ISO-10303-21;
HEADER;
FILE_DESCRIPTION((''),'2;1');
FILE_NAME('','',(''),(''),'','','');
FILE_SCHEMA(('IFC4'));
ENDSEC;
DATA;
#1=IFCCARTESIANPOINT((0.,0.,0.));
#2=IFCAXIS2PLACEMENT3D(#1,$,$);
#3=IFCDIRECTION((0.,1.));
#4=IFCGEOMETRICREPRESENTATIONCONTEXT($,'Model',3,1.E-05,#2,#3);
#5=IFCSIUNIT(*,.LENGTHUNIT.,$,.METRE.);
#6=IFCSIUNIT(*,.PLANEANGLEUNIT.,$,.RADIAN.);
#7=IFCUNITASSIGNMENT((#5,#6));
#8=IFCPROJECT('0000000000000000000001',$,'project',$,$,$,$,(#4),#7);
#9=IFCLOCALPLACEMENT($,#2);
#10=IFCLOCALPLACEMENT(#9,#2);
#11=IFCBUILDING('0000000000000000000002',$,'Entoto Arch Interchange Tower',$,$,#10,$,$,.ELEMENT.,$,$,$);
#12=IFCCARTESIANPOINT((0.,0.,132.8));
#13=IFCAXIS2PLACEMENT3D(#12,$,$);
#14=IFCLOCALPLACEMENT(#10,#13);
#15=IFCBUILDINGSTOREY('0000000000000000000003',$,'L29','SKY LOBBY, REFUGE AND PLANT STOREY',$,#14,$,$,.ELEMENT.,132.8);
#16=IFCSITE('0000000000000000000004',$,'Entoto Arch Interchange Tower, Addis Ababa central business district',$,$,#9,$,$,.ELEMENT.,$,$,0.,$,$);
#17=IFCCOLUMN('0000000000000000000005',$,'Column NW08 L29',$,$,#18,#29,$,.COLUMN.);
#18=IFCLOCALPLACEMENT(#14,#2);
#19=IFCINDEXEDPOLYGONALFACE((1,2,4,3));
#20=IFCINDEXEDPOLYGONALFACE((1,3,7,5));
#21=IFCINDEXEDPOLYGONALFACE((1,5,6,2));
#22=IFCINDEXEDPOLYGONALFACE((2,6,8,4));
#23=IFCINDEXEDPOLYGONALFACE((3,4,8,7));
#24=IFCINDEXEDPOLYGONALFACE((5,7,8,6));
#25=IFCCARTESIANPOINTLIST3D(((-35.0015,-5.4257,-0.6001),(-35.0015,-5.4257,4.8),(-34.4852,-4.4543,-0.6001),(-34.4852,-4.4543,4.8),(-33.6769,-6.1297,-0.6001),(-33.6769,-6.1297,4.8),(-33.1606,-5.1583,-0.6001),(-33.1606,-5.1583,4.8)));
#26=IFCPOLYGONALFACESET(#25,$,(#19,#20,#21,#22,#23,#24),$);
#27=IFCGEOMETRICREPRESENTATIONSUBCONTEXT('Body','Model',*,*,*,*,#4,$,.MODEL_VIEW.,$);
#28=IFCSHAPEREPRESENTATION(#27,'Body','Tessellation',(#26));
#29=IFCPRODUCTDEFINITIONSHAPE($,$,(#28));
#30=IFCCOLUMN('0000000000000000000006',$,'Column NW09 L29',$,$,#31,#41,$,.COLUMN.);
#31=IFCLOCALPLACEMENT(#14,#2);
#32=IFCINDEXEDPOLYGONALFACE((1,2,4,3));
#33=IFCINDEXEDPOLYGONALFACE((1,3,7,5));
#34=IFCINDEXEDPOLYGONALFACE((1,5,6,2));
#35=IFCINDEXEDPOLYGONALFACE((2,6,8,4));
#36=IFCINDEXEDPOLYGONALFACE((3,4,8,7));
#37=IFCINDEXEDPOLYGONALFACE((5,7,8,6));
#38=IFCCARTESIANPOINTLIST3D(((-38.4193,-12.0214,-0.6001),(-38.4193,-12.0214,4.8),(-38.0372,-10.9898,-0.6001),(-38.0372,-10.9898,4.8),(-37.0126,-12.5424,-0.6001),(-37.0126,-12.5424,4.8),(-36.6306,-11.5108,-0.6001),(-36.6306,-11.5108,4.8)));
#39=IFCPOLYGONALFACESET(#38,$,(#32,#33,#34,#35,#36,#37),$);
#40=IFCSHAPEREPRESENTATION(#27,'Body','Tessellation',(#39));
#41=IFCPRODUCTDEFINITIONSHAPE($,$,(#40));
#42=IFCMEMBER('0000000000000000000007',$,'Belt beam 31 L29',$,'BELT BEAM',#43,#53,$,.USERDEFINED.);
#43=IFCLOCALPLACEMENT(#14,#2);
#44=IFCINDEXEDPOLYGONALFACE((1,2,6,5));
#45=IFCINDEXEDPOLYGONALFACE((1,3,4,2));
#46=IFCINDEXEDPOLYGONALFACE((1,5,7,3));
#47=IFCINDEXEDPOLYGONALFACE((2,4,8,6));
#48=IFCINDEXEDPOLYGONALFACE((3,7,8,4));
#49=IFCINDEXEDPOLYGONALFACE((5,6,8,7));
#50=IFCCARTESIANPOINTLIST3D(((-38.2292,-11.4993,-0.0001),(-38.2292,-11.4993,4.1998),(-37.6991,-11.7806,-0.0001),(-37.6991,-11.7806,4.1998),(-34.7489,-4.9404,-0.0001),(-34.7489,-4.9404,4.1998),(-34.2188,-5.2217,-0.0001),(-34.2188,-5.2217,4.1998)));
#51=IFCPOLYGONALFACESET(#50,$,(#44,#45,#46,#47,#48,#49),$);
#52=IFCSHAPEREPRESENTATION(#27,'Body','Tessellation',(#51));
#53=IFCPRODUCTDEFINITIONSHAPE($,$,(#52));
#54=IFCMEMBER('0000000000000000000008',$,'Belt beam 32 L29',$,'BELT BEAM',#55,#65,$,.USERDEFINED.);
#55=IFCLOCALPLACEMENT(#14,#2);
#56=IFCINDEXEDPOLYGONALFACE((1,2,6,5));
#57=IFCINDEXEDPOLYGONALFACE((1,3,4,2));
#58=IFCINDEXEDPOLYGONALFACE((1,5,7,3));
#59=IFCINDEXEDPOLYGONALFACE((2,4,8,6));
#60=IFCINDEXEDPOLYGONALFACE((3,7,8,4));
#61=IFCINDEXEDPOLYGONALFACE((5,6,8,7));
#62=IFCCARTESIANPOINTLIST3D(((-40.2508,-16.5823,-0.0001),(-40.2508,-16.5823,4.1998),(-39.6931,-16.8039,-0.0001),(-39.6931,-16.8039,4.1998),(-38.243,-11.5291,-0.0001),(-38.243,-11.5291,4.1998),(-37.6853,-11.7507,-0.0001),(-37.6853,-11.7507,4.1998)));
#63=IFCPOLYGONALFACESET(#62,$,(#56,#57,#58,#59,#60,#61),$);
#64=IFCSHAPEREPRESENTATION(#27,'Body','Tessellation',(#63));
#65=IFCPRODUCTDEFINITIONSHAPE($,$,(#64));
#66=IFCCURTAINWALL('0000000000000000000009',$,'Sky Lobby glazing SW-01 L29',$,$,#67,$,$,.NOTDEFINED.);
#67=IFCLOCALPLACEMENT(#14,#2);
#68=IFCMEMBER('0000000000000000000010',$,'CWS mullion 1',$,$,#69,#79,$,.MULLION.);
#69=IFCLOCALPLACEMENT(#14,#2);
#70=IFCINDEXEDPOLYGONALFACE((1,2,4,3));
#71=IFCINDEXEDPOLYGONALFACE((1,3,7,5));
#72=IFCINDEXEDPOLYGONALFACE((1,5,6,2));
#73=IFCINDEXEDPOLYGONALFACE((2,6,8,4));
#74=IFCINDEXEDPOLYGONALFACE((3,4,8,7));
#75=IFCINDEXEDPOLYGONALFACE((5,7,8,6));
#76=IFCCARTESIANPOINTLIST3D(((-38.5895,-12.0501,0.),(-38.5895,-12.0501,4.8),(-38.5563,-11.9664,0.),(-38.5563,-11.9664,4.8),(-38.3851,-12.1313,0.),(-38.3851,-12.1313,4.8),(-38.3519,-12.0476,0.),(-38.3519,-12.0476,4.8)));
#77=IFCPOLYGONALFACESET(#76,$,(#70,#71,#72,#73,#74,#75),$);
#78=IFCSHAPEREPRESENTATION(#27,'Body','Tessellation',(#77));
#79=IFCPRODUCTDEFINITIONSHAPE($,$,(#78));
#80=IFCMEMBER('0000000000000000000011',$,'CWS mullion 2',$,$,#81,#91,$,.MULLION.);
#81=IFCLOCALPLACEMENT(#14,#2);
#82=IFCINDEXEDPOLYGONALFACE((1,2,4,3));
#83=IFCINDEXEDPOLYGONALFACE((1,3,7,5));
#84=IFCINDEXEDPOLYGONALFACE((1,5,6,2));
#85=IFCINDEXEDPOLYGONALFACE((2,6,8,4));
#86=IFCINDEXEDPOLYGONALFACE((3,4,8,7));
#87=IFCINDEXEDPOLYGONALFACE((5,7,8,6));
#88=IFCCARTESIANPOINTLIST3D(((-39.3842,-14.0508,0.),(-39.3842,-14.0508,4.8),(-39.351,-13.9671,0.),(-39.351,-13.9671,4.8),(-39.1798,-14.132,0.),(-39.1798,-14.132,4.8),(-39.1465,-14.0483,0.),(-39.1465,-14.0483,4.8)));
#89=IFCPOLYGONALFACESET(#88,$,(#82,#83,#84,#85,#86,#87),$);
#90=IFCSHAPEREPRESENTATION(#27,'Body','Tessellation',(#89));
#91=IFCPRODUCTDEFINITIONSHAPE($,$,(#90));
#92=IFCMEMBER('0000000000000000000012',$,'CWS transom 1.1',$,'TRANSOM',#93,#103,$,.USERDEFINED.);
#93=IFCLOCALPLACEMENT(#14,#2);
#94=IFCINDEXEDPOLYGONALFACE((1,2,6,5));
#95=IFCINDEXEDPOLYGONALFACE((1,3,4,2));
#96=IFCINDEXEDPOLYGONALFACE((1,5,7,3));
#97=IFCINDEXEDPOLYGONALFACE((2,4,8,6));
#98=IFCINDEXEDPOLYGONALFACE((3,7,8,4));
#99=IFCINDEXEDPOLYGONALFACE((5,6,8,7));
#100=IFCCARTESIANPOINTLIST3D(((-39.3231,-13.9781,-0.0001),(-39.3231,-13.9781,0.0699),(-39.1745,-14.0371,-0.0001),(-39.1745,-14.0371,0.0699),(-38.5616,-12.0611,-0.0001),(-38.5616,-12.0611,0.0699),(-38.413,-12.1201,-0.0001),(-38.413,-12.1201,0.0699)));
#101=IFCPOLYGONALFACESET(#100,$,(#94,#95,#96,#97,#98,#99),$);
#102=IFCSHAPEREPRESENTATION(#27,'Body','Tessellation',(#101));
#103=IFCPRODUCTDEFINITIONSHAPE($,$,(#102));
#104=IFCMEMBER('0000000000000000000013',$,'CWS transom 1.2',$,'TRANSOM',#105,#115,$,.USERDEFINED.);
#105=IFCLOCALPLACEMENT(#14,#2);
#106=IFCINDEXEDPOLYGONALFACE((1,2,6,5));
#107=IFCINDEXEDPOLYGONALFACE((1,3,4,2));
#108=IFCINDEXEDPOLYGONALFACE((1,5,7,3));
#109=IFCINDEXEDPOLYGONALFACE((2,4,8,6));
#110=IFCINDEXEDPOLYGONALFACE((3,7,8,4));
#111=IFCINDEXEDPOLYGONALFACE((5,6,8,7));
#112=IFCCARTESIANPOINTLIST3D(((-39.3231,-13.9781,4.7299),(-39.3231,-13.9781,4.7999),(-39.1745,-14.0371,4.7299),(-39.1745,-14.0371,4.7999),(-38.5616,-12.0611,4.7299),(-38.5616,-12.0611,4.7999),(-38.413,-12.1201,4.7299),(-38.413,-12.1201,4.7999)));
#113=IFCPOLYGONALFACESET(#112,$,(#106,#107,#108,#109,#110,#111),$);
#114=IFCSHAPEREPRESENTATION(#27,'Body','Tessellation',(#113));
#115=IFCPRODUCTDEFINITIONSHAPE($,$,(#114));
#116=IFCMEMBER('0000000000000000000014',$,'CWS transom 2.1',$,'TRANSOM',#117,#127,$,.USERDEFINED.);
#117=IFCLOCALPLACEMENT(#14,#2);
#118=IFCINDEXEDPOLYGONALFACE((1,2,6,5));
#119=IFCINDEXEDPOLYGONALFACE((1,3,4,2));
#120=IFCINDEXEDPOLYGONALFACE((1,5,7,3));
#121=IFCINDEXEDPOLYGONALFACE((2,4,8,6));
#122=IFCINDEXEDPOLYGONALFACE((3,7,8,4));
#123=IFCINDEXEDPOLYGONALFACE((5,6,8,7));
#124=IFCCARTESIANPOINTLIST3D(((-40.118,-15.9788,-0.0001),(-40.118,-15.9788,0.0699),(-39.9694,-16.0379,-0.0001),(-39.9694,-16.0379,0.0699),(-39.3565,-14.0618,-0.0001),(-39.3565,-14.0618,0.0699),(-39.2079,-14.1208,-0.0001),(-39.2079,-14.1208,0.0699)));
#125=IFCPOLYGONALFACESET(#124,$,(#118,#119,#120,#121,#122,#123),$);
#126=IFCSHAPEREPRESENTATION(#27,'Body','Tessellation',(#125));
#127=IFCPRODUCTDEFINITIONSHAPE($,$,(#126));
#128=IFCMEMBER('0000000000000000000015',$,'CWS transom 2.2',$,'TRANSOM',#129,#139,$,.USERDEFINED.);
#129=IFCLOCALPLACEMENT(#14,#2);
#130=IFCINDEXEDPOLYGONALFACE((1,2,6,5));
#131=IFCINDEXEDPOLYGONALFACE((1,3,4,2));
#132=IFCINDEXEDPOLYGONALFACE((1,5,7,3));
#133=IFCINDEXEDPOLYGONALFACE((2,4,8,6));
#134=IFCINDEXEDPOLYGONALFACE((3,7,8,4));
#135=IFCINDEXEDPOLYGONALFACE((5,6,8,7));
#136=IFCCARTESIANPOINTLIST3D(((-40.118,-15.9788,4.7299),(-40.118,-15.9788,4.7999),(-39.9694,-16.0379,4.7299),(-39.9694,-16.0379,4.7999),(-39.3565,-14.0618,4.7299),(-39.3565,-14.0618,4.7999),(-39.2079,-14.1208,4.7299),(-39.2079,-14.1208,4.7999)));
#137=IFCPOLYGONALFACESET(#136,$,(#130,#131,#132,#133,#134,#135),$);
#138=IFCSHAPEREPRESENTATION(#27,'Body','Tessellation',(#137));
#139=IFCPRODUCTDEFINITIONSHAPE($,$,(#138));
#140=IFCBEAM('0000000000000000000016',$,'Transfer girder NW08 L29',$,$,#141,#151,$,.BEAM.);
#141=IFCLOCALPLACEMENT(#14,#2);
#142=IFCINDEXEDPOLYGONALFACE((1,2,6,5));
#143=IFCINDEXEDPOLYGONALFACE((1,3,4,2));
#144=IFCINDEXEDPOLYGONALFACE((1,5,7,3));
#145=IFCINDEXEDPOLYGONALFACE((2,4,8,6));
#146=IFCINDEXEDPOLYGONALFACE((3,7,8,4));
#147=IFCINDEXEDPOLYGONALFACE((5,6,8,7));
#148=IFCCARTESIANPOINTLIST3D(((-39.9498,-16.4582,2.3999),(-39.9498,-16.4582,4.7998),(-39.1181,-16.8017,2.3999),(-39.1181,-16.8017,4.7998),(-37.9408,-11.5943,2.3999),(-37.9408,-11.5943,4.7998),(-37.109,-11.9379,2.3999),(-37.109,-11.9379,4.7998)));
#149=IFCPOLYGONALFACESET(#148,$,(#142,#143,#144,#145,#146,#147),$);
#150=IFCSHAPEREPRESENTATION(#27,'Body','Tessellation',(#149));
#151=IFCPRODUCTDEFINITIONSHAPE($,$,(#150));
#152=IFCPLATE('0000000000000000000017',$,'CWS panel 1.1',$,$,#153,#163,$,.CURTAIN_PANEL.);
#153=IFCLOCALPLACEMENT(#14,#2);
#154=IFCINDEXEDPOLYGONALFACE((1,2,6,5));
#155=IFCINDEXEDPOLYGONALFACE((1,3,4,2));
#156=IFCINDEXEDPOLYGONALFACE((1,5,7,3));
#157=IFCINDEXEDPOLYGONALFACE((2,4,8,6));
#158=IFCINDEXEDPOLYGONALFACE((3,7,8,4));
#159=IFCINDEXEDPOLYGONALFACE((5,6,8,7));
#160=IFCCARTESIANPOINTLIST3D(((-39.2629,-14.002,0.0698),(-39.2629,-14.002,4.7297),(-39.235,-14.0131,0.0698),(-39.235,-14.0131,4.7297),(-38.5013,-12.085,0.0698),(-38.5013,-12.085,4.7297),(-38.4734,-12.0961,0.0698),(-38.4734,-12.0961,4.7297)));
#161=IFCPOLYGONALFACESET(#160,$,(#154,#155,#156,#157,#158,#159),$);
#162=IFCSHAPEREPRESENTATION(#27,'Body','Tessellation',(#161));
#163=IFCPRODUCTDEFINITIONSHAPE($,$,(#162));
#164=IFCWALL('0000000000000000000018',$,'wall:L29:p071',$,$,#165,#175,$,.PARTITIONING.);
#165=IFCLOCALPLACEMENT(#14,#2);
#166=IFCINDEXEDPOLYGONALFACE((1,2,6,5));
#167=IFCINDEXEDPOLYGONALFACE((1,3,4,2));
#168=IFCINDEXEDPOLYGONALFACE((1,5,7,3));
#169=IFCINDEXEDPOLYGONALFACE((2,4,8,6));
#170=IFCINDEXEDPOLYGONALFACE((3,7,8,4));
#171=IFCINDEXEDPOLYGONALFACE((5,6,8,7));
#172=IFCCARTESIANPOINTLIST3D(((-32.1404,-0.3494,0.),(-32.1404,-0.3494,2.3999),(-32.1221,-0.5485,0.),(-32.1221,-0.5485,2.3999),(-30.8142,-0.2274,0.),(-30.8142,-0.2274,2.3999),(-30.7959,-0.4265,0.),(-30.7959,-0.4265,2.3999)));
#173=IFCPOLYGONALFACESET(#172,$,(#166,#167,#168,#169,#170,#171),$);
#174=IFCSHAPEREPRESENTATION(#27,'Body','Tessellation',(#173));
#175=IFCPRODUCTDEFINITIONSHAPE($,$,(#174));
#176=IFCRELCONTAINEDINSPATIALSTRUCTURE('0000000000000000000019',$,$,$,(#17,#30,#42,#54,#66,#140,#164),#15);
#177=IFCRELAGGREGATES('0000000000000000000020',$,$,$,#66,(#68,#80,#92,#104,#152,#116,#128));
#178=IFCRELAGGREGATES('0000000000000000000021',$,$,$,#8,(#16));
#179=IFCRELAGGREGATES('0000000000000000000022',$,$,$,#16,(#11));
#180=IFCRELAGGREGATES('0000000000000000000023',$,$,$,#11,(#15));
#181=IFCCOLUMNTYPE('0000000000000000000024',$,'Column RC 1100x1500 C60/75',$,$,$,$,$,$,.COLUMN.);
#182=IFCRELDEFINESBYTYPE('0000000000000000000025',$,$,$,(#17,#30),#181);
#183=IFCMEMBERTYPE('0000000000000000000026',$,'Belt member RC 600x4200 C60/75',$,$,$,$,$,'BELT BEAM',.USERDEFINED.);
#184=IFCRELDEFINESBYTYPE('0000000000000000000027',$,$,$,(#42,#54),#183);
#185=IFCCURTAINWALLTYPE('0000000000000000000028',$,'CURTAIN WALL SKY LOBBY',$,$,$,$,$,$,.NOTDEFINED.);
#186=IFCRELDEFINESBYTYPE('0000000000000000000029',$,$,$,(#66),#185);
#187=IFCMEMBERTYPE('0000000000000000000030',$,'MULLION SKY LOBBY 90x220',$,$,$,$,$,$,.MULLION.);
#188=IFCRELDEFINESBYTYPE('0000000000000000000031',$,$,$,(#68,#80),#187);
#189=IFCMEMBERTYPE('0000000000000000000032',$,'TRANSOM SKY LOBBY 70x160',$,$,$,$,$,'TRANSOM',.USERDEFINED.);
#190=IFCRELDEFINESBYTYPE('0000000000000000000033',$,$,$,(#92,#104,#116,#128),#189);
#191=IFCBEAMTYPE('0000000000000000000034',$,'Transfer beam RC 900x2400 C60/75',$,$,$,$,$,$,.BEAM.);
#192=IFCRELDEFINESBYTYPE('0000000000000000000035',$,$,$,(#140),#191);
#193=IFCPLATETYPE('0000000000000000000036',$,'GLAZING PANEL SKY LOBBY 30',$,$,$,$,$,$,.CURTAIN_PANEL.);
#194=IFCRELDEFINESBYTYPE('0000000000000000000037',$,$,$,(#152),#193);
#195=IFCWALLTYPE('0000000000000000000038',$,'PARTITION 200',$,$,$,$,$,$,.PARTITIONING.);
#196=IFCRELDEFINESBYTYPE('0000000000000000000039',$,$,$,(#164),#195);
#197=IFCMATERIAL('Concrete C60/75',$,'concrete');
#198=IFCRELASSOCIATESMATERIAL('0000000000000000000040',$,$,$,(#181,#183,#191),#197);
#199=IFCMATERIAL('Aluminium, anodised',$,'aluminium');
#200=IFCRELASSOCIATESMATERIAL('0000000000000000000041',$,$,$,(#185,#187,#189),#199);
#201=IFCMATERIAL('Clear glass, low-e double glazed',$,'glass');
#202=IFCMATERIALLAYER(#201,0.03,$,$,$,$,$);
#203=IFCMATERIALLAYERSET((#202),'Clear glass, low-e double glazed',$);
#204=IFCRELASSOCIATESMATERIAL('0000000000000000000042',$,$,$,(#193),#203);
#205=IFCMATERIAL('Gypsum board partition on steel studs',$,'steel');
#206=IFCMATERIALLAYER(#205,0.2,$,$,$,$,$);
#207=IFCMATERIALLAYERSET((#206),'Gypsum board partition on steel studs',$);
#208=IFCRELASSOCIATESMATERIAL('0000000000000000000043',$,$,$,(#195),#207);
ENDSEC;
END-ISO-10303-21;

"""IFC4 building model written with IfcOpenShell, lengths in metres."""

from ifc_helpers import new_model, si_unit, direction, frame, frame_2d, origin, origin_2d, place, context, subcontext, project, spatial, rectangle, extrude, material, layer, layer_set, material_profile, profile_set, type_object, element, aggregate, save


model = new_model("IFC4")

# Units and contexts
model_context = context("Model", 3, precision=1e-05, world=origin(), true_north=direction((0.0, 1.0)))
body_context = subcontext(model_context, "Body", "Model", "MODEL_VIEW")
ifc_project = project(units=[si_unit("LENGTHUNIT", "METRE"), si_unit("PLANEANGLEUNIT", "RADIAN")], contexts=[model_context])

# Site, building, storey
site_placement = place(None, origin())
site = spatial("IfcSite", under=ifc_project, at=site_placement, Name="Entoto Arch Interchange Tower, Addis Ababa central business district", CompositionType="ELEMENT", RefElevation=0.0)
building_placement = place(site_placement, origin())
building = spatial("IfcBuilding", under=site, at=building_placement, Name="Entoto Arch Interchange Tower", CompositionType="ELEMENT")
storey_placement = place(building_placement, frame((0.0, 0.0, 132.8)))
storey = spatial("IfcBuildingStorey", under=building, at=storey_placement, Name="L29", Description="SKY LOBBY, REFUGE AND PLANT STOREY", CompositionType="ELEMENT", Elevation=132.8)

# Columns
ifc_material_1 = material(Name="Concrete C60/75", Category="concrete")
ifc_material_profile_1 = material_profile(ifc_material_1, rectangle(XDim=1.1001, YDim=1.5, at=origin_2d()))
ifc_profile_set_1 = profile_set([ifc_material_profile_1], Name="Concrete C60/75")
column_type = type_object("IfcColumnType", Name="Column RC 1100x1500 C60/75", PredefinedType="COLUMN", material=ifc_profile_set_1)
for number, where, z_axis, x_axis, name in (
    (1, (-34.0811, -5.292, -0.6001), (0.0, 0.0, 1.0), (0.469333, 0.883021, 0.0), "Column NW08 L29"),
    (2, (-37.5249, -11.7661, -0.6001), (0.0, 0.0, 1.0), (0.347312, 0.93775, 0.0), "Column NW09 L29"),
):
    element("IfcColumn", number, at=place(storey_placement, frame(where, z_axis=z_axis, x_axis=x_axis)), inside=storey, type_object=column_type, Name=name, PredefinedType="COLUMN", context=body_context, shape_type="SweptSolid", body=[
        extrude(rectangle(XDim=1.1001, YDim=1.5, at=origin_2d()), origin(), (0.0, 0.0, 1.0), 5.4001),
    ])

# Members
ifc_material_profile_2 = material_profile(ifc_material_1, rectangle(XDim=0.6001, YDim=4.2, at=origin_2d()))
ifc_profile_set_2 = profile_set([ifc_material_profile_2], Name="Concrete C60/75")
member_type_1 = type_object("IfcMemberType", Name="Belt member RC 600x4200 C60/75", ElementType="BELT BEAM", PredefinedType="USERDEFINED", material=ifc_profile_set_2)
member_1_placement = place(storey_placement, frame((-34.4839, -5.0811, 2.0999), z_axis=(-0.468718, -0.883348, 0.0), x_axis=(0.883348, -0.468718, 0.0)))
element("IfcMember", 3, at=member_1_placement, inside=storey, type_object=member_type_1, Name="Belt beam 31 L29", ObjectType="BELT BEAM", PredefinedType="USERDEFINED", context=body_context, shape_type="SweptSolid", body=[
    extrude(rectangle(XDim=0.6001, YDim=4.2, at=origin_2d()), origin(), (0.0, 0.0, 1.0), 7.425),
])
member_2_placement = place(storey_placement, frame((-37.9641, -11.6399, 2.0999), z_axis=(-0.369253, -0.929329, 0.0), x_axis=(0.929329, -0.369253, 0.0)))
element("IfcMember", 4, at=member_2_placement, inside=storey, type_object=member_type_1, Name="Belt beam 32 L29", ObjectType="BELT BEAM", PredefinedType="USERDEFINED", context=body_context, shape_type="SweptSolid", body=[
    extrude(rectangle(XDim=0.6001, YDim=4.2, at=origin_2d()), origin(), (0.0, 0.0, 1.0), 5.4375),
])

# Curtain wall, members
ifc_material_2 = material(Name="Aluminium, anodised", Category="aluminium")
curtain_wall_type = type_object("IfcCurtainWallType", Name="CURTAIN WALL SKY LOBBY", PredefinedType="NOTDEFINED", material=ifc_material_2)
curtain_wall_placement = place(storey_placement, origin())
curtain_wall = element("IfcCurtainWall", 5, at=curtain_wall_placement, inside=storey, type_object=curtain_wall_type, Name="Sky Lobby glazing SW-01 L29", PredefinedType="NOTDEFINED")
ifc_material_profile_3 = material_profile(ifc_material_2, rectangle(XDim=0.22, YDim=0.0901, at=origin_2d()))
ifc_profile_set_3 = profile_set([ifc_material_profile_3], Name="Aluminium, anodised")
member_type_2 = type_object("IfcMemberType", Name="MULLION SKY LOBBY 90x220", PredefinedType="MULLION", material=ifc_profile_set_3)
member_3_placement = place(storey_placement, frame((-38.4707, -12.0488, 0.0), z_axis=(0.0, 0.0, 1.0), x_axis=(0.929337, -0.369232, 0.0)))
member_3 = element("IfcMember", 6, at=member_3_placement, type_object=member_type_2, Name="CWS mullion 1", PredefinedType="MULLION", context=body_context, shape_type="SweptSolid", body=[
    extrude(rectangle(XDim=0.22, YDim=0.0901, at=origin_2d()), origin(), (0.0, 0.0, 1.0), 4.8),
])
member_4_placement = place(storey_placement, frame((-39.2654, -14.0496, 0.0), z_axis=(0.0, 0.0, 1.0), x_axis=(0.929337, -0.369232, 0.0)))
member_4 = element("IfcMember", 7, at=member_4_placement, type_object=member_type_2, Name="CWS mullion 2", PredefinedType="MULLION", context=body_context, shape_type="SweptSolid", body=[
    extrude(rectangle(XDim=0.22, YDim=0.0901, at=origin_2d()), origin(), (0.0, 0.0, 1.0), 4.8),
])
ifc_material_profile_4 = material_profile(ifc_material_2, rectangle(XDim=0.1599, YDim=0.0701, at=origin_2d()))
ifc_profile_set_4 = profile_set([ifc_material_profile_4], Name="Aluminium, anodised")
member_type_3 = type_object("IfcMemberType", Name="TRANSOM SKY LOBBY 70x160", ElementType="TRANSOM", PredefinedType="USERDEFINED", material=ifc_profile_set_4)
member_5_placement = place(storey_placement, frame((-38.4873, -12.0906, 0.0349), z_axis=(-0.369165, -0.929364, 0.0), x_axis=(0.929364, -0.369165, 0.0)))
member_5 = element("IfcMember", 8, at=member_5_placement, type_object=member_type_3, Name="CWS transom 1.1", ObjectType="TRANSOM", PredefinedType="USERDEFINED", context=body_context, shape_type="SweptSolid", body=[
    extrude(rectangle(XDim=0.1599, YDim=0.0701, at=origin_2d()), origin(), (0.0, 0.0, 1.0), 2.0627),
])
member_6_placement = place(storey_placement, frame((-38.4873, -12.0906, 4.7649), z_axis=(-0.369165, -0.929364, 0.0), x_axis=(0.929364, -0.369165, 0.0)))
member_6 = element("IfcMember", 9, at=member_6_placement, type_object=member_type_3, Name="CWS transom 1.2", ObjectType="TRANSOM", PredefinedType="USERDEFINED", context=body_context, shape_type="SweptSolid", body=[
    extrude(rectangle(XDim=0.1599, YDim=0.0701, at=origin_2d()), origin(), (0.0, 0.0, 1.0), 2.0627),
])
member_7_placement = place(storey_placement, frame((-39.2822, -14.0913, 0.0349), z_axis=(-0.369165, -0.929364, 0.0), x_axis=(0.929364, -0.369165, 0.0)))
member_7 = element("IfcMember", 10, at=member_7_placement, type_object=member_type_3, Name="CWS transom 2.1", ObjectType="TRANSOM", PredefinedType="USERDEFINED", context=body_context, shape_type="SweptSolid", body=[
    extrude(rectangle(XDim=0.1599, YDim=0.0701, at=origin_2d()), origin(), (0.0, 0.0, 1.0), 2.0627),
])
member_8_placement = place(storey_placement, frame((-39.2822, -14.0913, 4.7649), z_axis=(-0.369165, -0.929364, 0.0), x_axis=(0.929364, -0.369165, 0.0)))
member_8 = element("IfcMember", 11, at=member_8_placement, type_object=member_type_3, Name="CWS transom 2.2", ObjectType="TRANSOM", PredefinedType="USERDEFINED", context=body_context, shape_type="SweptSolid", body=[
    extrude(rectangle(XDim=0.1599, YDim=0.0701, at=origin_2d()), origin(), (0.0, 0.0, 1.0), 2.0627),
])

# Beam
ifc_material_profile_5 = material_profile(ifc_material_1, rectangle(XDim=0.8999, YDim=2.3999, at=origin_2d()))
ifc_profile_set_5 = profile_set([ifc_material_profile_5], Name="Concrete C60/75")
beam_type = type_object("IfcBeamType", Name="Transfer beam RC 900x2400 C60/75", PredefinedType="BEAM", material=ifc_profile_set_5)
beam_placement = place(storey_placement, frame((-37.5249, -11.7661, 3.5999), z_axis=(-0.381774, -0.924256, 0.0), x_axis=(0.924256, -0.381774, 0.0)))
element("IfcBeam", 12, at=beam_placement, inside=storey, type_object=beam_type, Name="Transfer girder NW08 L29", PredefinedType="BEAM", context=body_context, shape_type="SweptSolid", body=[
    extrude(rectangle(XDim=0.8999, YDim=2.3999, at=origin_2d()), origin(), (0.0, 0.0, 1.0), 5.2625),
])

# Plate
ifc_material_3 = material(Name="Clear glass, low-e double glazed", Category="glass")
ifc_layer_1 = layer(ifc_material_3, 0.03)
ifc_layer_set_1 = layer_set([ifc_layer_1], Name="Clear glass, low-e double glazed")
plate_type = type_object("IfcPlateType", Name="GLAZING PANEL SKY LOBBY 30", PredefinedType="CURTAIN_PANEL", material=ifc_layer_set_1)
plate_placement = place(storey_placement, frame((-38.8682, -13.0491, 0.0698), z_axis=(0.0, 0.0, 1.0), x_axis=(-0.369232, -0.929337, 0.0)))
plate = element("IfcPlate", 13, at=plate_placement, type_object=plate_type, Name="CWS panel 1.1", PredefinedType="CURTAIN_PANEL", context=body_context, shape_type="SweptSolid", body=[
    extrude(rectangle(XDim=2.0627, YDim=0.03, at=origin_2d()), origin(), (0.0, 0.0, 1.0), 4.6599),
])
aggregate(curtain_wall, [member_3, member_4, member_5, member_6, plate, member_7, member_8])

# Wall
ifc_material_4 = material(Name="Gypsum board partition on steel studs", Category="steel")
ifc_layer_2 = layer(ifc_material_4, 0.2)
ifc_layer_set_2 = layer_set([ifc_layer_2], Name="Gypsum board partition on steel studs")
wall_type_1 = type_object("IfcWallType", Name="PARTITION 200", PredefinedType="PARTITIONING", material=ifc_layer_set_2)
wall_1_placement = place(storey_placement, frame((-30.8049, -0.3269, 0.0), z_axis=(0.0, 0.0, 1.0), x_axis=(-0.99579, -0.09166, 0.0)))
element("IfcWall", 14, at=wall_1_placement, inside=storey, type_object=wall_type_1, Name="wall:L29:p071", PredefinedType="PARTITIONING", context=body_context, shape_type="SweptSolid", body=[
    extrude(rectangle(XDim=1.3318, YDim=0.2, at=frame_2d((0.666, 0.0))), origin(), (0.0, 0.0, 1.0), 2.3999),
])

save(model, "model.ifc")
